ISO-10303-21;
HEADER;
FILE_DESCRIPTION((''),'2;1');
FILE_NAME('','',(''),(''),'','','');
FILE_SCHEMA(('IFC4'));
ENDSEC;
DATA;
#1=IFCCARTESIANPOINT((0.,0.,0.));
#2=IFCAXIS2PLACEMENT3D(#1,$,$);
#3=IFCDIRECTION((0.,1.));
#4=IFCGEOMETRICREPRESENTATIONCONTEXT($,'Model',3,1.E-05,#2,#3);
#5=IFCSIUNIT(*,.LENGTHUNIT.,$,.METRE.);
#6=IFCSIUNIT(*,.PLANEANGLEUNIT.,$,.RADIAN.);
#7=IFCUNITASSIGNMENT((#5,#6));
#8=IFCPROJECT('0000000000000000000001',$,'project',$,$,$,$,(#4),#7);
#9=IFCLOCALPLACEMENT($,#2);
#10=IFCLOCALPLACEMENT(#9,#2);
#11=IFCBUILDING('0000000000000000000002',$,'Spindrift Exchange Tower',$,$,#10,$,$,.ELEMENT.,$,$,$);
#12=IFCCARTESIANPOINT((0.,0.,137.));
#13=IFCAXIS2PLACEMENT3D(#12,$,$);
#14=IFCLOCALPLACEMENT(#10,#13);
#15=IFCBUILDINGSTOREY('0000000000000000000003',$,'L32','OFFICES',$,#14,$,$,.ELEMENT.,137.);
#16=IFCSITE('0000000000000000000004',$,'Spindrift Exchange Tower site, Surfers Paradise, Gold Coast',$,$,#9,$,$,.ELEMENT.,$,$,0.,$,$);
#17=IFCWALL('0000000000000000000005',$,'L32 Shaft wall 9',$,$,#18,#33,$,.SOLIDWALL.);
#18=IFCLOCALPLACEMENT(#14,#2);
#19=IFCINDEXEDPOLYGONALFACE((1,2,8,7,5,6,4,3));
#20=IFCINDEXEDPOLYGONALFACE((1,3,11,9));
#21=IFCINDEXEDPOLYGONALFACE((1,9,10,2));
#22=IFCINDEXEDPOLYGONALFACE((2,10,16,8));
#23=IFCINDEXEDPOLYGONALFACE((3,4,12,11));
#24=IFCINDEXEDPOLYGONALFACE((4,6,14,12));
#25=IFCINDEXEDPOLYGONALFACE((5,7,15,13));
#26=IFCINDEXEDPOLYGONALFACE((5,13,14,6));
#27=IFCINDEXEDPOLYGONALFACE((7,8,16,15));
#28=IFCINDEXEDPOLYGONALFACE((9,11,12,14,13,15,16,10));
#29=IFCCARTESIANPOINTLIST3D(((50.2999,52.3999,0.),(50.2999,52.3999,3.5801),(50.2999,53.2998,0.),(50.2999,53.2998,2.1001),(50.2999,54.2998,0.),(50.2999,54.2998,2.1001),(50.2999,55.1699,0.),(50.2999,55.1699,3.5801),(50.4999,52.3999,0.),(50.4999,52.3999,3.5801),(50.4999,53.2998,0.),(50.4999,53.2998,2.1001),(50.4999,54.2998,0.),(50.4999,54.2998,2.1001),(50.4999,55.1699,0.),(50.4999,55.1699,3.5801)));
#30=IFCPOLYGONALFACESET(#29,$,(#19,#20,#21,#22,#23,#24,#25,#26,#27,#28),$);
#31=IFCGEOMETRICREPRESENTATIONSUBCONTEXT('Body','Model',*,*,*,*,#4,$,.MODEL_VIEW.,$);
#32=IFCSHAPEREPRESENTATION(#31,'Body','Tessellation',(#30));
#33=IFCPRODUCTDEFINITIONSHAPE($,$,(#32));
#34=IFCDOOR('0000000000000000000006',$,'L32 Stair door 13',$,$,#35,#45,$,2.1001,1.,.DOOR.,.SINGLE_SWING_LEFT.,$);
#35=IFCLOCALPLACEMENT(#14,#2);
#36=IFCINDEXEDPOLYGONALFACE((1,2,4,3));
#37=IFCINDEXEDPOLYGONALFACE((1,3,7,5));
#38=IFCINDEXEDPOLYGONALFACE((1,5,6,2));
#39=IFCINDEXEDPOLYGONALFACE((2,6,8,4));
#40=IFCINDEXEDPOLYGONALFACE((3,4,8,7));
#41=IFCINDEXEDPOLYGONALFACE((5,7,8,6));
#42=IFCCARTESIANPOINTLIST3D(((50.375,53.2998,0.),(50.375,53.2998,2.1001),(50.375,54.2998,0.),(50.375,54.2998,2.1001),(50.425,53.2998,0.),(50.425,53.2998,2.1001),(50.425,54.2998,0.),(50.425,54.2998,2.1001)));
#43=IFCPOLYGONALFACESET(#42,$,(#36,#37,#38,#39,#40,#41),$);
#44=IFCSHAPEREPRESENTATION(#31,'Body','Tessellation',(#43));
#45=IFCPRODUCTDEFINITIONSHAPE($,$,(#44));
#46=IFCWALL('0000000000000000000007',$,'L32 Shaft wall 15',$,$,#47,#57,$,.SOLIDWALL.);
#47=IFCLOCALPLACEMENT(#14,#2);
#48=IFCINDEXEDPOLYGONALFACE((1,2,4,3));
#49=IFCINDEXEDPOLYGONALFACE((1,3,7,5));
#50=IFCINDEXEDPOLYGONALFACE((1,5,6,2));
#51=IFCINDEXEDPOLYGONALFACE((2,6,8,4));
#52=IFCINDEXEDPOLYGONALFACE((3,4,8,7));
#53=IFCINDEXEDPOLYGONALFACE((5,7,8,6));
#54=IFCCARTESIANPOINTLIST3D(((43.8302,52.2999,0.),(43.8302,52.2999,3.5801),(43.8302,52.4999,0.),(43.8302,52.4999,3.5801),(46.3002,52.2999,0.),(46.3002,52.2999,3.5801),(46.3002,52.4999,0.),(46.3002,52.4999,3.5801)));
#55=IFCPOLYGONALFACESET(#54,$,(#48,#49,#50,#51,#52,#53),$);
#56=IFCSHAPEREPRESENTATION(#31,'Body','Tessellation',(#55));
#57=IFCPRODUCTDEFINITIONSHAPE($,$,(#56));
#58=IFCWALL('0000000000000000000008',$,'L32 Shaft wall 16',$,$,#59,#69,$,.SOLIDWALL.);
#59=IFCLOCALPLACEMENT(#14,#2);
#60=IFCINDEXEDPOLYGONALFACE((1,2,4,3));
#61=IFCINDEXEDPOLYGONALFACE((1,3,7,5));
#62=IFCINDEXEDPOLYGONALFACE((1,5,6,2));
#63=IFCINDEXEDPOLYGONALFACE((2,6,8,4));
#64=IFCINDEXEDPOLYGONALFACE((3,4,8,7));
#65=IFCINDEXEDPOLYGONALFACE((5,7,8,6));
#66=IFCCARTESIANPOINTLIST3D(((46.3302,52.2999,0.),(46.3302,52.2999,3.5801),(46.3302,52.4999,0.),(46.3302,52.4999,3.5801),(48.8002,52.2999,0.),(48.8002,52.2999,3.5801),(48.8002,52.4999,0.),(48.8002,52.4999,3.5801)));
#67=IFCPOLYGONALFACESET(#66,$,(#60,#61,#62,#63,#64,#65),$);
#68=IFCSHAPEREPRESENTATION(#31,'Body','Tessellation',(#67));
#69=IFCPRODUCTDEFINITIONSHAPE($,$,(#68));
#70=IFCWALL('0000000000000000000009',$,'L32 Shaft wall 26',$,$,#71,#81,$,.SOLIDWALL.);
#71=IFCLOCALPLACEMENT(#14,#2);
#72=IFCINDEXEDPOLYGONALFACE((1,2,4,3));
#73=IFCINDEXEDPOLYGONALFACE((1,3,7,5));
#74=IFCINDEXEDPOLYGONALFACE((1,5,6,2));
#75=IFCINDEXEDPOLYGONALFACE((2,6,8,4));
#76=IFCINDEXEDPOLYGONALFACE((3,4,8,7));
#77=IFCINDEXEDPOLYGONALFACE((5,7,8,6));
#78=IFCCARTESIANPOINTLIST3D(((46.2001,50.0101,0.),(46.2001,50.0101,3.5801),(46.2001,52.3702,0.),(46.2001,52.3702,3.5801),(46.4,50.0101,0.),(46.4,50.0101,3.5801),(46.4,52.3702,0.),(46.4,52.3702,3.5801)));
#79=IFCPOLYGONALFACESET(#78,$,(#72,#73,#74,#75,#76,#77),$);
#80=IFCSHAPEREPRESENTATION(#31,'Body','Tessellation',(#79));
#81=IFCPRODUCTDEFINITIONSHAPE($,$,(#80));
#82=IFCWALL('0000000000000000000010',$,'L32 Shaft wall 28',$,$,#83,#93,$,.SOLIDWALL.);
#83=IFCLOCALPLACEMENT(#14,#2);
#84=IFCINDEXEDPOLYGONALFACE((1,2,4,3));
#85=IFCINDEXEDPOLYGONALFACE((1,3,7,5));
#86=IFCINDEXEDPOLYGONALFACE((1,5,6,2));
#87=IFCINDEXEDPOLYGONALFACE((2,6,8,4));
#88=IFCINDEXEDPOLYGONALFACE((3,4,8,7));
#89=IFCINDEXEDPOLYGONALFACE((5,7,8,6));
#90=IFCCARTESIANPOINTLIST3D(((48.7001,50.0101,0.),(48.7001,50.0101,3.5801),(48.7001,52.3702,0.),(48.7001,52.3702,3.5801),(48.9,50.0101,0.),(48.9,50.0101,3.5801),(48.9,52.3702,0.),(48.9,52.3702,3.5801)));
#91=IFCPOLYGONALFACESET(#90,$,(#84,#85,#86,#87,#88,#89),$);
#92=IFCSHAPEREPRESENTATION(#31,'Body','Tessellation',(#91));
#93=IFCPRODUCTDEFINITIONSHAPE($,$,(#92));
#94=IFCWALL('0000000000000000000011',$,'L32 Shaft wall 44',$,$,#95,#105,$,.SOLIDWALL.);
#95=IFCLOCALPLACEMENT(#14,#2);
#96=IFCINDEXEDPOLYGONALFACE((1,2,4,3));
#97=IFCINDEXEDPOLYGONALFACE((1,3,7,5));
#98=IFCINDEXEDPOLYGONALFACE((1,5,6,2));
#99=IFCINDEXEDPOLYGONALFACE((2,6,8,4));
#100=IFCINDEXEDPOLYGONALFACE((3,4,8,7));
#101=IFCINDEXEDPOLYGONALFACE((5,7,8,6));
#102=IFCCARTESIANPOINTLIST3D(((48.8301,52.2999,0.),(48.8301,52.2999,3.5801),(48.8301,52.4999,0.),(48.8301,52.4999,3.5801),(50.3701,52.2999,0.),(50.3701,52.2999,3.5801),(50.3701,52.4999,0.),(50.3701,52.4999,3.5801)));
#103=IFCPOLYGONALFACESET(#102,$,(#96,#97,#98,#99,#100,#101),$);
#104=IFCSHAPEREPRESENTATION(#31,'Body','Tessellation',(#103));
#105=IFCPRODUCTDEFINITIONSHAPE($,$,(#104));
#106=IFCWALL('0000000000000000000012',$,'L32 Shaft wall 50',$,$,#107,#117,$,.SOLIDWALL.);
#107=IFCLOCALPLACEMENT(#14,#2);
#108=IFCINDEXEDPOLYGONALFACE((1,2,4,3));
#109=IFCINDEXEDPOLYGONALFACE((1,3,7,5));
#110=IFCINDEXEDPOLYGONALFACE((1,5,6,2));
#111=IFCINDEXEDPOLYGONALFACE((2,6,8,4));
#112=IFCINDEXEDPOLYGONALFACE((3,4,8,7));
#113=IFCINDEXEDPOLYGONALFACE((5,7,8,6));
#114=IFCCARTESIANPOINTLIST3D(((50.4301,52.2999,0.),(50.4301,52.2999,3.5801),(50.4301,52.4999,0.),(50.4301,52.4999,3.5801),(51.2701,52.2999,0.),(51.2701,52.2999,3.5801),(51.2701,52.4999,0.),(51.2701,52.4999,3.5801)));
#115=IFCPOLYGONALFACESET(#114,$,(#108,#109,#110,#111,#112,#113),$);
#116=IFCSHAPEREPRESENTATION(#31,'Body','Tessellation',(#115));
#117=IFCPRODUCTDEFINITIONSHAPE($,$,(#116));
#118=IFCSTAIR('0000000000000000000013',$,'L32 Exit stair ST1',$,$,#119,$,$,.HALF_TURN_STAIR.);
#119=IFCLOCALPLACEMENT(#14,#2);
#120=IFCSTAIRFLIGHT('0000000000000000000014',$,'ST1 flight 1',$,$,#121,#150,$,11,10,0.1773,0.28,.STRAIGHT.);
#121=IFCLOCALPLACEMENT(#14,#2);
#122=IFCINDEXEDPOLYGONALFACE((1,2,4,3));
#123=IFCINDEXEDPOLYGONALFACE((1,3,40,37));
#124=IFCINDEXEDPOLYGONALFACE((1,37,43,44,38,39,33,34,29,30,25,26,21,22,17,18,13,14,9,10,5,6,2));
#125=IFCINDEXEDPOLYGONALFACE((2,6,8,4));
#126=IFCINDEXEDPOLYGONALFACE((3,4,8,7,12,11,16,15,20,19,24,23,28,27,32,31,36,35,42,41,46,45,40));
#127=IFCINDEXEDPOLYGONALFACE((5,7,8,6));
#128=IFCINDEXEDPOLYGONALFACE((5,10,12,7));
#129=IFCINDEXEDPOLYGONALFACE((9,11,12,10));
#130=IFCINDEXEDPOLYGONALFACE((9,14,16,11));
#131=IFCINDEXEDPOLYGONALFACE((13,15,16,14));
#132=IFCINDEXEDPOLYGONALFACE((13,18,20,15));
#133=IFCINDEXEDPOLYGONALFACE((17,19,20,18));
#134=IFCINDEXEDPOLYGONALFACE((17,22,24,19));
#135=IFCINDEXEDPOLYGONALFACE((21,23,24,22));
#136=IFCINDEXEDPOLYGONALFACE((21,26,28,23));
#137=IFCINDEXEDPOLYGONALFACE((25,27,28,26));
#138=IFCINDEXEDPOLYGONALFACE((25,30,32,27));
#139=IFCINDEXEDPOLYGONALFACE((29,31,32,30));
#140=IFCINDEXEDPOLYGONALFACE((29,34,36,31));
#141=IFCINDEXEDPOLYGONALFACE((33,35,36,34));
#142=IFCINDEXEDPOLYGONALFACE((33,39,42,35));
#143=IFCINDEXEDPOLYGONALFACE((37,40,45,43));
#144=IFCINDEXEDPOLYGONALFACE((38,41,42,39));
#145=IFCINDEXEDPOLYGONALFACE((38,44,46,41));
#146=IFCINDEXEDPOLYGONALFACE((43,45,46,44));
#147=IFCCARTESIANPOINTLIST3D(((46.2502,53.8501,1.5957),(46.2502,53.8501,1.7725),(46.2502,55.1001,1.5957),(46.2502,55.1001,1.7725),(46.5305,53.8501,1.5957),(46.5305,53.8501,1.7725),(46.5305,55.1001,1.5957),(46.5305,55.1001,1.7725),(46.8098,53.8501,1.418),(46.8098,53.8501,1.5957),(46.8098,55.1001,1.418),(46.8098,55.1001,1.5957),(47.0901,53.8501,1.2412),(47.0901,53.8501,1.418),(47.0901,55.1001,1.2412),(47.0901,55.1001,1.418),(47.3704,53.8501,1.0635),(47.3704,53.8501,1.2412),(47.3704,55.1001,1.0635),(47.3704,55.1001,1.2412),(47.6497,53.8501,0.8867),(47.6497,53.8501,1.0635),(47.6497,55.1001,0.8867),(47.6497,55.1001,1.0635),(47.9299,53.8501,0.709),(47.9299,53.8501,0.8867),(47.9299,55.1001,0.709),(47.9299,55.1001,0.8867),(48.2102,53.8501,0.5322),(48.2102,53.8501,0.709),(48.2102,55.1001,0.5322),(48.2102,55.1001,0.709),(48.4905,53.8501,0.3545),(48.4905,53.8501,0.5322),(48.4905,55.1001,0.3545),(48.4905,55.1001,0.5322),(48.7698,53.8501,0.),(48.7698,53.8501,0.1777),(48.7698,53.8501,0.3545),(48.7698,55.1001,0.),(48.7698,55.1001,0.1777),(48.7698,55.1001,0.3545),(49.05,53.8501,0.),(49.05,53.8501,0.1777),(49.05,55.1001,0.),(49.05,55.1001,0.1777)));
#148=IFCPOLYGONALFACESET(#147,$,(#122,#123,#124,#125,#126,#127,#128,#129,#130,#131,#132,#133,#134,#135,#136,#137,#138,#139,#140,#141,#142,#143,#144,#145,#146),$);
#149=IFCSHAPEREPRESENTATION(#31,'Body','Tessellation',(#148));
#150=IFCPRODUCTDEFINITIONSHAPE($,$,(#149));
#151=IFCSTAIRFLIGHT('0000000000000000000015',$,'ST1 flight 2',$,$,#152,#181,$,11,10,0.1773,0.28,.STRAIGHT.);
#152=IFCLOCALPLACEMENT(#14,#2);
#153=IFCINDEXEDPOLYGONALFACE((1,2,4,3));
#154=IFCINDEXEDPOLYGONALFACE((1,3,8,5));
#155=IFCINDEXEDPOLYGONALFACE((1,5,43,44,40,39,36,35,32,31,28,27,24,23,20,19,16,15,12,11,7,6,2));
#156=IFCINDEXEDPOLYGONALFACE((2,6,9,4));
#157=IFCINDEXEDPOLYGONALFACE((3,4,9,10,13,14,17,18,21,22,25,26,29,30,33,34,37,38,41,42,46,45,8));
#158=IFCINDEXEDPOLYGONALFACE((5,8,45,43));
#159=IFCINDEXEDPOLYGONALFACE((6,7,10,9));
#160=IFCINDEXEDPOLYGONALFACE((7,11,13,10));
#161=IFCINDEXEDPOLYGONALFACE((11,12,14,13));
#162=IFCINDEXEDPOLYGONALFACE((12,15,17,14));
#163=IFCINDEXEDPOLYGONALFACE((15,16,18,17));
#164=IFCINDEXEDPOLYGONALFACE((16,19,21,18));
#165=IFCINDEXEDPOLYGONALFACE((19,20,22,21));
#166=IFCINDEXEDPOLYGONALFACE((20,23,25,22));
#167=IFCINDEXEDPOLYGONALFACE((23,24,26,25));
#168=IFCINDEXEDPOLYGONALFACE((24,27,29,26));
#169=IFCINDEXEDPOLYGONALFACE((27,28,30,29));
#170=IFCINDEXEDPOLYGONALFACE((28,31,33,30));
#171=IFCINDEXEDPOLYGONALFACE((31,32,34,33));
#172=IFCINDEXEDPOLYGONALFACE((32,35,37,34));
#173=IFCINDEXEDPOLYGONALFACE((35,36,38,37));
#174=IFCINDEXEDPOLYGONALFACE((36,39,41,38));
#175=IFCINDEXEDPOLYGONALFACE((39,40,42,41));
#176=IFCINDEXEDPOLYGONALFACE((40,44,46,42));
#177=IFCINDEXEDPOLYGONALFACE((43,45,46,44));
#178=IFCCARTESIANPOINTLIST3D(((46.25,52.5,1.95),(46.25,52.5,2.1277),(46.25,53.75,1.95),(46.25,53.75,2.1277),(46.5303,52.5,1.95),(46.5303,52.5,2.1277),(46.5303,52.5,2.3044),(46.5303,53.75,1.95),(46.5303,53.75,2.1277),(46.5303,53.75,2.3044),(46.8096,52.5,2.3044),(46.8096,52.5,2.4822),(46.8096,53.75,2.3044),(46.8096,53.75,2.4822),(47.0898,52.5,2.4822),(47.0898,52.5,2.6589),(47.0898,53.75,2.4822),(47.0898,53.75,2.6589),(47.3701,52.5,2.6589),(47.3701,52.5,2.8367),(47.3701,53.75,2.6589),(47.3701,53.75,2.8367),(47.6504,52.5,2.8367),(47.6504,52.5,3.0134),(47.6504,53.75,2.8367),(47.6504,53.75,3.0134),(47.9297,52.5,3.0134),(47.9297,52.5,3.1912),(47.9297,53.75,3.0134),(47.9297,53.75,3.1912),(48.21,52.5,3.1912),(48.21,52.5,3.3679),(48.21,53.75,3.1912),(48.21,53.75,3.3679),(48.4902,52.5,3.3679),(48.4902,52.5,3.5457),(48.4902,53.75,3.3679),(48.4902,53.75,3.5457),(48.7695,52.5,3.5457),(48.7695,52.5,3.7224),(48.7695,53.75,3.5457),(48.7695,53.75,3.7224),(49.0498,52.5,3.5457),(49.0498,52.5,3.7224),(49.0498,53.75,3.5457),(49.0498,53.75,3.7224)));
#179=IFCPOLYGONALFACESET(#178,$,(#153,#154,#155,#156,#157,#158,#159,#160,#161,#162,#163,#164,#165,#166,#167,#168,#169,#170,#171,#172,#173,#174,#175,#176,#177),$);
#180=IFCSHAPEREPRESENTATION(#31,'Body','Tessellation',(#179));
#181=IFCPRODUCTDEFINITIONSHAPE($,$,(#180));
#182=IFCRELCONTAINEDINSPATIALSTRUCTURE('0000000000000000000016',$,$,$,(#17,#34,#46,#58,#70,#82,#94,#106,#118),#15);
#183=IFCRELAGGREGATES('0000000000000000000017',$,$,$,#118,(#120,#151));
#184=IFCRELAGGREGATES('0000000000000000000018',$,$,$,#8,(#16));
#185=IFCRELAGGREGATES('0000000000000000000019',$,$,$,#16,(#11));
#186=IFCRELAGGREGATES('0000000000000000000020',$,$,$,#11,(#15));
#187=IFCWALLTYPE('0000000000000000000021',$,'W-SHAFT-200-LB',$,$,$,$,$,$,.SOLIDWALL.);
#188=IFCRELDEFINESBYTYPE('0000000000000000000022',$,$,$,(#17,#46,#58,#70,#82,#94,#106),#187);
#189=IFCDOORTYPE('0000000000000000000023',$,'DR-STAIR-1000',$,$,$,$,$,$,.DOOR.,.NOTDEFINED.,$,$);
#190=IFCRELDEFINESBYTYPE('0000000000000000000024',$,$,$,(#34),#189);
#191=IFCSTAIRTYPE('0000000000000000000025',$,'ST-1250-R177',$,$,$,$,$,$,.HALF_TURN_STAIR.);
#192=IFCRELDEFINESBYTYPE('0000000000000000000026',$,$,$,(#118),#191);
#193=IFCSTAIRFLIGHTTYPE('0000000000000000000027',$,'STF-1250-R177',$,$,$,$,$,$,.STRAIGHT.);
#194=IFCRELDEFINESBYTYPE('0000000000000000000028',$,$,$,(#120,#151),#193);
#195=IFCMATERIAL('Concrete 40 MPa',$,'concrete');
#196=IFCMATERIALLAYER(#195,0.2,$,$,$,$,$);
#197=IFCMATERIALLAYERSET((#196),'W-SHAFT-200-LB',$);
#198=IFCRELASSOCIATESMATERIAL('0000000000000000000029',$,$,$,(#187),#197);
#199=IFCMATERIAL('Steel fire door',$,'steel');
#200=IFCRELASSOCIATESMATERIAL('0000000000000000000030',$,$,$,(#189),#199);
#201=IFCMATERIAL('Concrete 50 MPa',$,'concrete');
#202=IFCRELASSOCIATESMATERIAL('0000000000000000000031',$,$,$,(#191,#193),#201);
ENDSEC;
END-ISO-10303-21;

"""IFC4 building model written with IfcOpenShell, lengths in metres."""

from ifc_helpers import new_model, si_unit, direction, frame, frame_2d, origin, place, context, subcontext, project, spatial, line, indexed_curve, rectangle, outline, extrude, source, transform, mapped, material, layer, layer_set, type_object, element, fill, aggregate, save


model = new_model("IFC4")

# Units and contexts
model_context = context("Model", 3, precision=1e-05, world=origin(), true_north=direction((0.0, 1.0)))
body_context = subcontext(model_context, "Body", "Model", "MODEL_VIEW")
ifc_project = project(units=[si_unit("LENGTHUNIT", "METRE"), si_unit("PLANEANGLEUNIT", "RADIAN")], contexts=[model_context])

# Site, building, storey
site_placement = place(None, origin())
site = spatial("IfcSite", under=ifc_project, at=site_placement, Name="Spindrift Exchange Tower site, Surfers Paradise, Gold Coast", CompositionType="ELEMENT", RefElevation=0.0)
building_placement = place(site_placement, origin())
building = spatial("IfcBuilding", under=site, at=building_placement, Name="Spindrift Exchange Tower", CompositionType="ELEMENT")
storey_placement = place(building_placement, frame((0.0, 0.0, 137.0)))
storey = spatial("IfcBuildingStorey", under=building, at=storey_placement, Name="L32", Description="OFFICES", CompositionType="ELEMENT", Elevation=137.0)

# Shared definitions
ifc_material_1 = material(Name="Concrete 40 MPa", Category="concrete")

# Wall, opening, door
ifc_layer_1 = layer(ifc_material_1, 0.2)
ifc_layer_set_1 = layer_set([ifc_layer_1], Name="W-SHAFT-200-LB")
wall_type_1 = type_object("IfcWallType", Name="W-SHAFT-200-LB", PredefinedType="SOLIDWALL", material=ifc_layer_set_1)
ifc_material_2 = material(Name="Steel fire door", Category="steel")
wall_1_placement = place(storey_placement, frame((50.3999, 52.3999, 0.0), z_axis=(0.0, 0.0, 1.0), x_axis=(0.0, 1.0, 0.0)))
wall_1 = element("IfcWall", 1, at=wall_1_placement, inside=storey, type_object=wall_type_1, Name="L32 Shaft wall 9", PredefinedType="SOLIDWALL", context=body_context, shape_type="SweptSolid", body=[
    extrude(rectangle(XDim=2.77, YDim=0.2, at=frame_2d((1.385, 0.0))), origin(), (0.0, 0.0, 1.0), 3.5801),
])
opening_1_placement = place(wall_1_placement, frame((0.8999, 0.0, 0.0)))
opening_1 = element("IfcOpeningElement", 2, at=opening_1_placement, cuts=wall_1, PredefinedType="OPENING", context=body_context, shape_type="SweptSolid", body=[
    extrude(rectangle(XDim=1.0, YDim=2.1001, at=frame_2d((0.5, 1.05))), frame((0.0, 0.1099, 0.0), z_axis=(0.0, -1.0, 0.0), x_axis=(1.0, 0.0, 0.0)), (0.0, 0.0, 1.0), 0.22),
])
door_type_1 = type_object("IfcDoorType", Name="DR-STAIR-1000", OperationType="NOTDEFINED", PredefinedType="DOOR", material=ifc_material_2)
shared_shape_1 = source(origin(), body_context, "Body", "SweptSolid", [
    extrude(rectangle(XDim=1.0, YDim=2.1001, at=frame_2d((0.5, 1.05))), frame((0.0, 0.0249, 0.0), z_axis=(0.0, -1.0, 0.0), x_axis=(1.0, 0.0, 0.0)), (0.0, 0.0, 1.0), 0.05),
])
door_1_placement = place(opening_1_placement, origin())
door_1 = element("IfcDoor", 3, at=door_1_placement, inside=storey, type_object=door_type_1, Name="L32 Stair door 13", OperationType="SINGLE_SWING_LEFT", OverallHeight=2.1001, OverallWidth=1.0, PredefinedType="DOOR", context=body_context, shape_type="MappedRepresentation", body=[
    mapped(shared_shape_1, transform((0.0, 0.0, 0.0), scale=1.0)),
])
fill(opening_1, door_1)

# Walls
for number, where, z_axis, x_axis, name in (
    (4, (46.3, 52.3999, 0.0), (0.0, 0.0, 1.0), (-1.0, 0.0, 0.0), "L32 Shaft wall 15"),
    (5, (48.8, 52.3999, 0.0), (0.0, 0.0, 1.0), (-1.0, 0.0, 0.0), "L32 Shaft wall 16"),
):
    element("IfcWall", number, at=place(storey_placement, frame(where, z_axis=z_axis, x_axis=x_axis)), inside=storey, type_object=wall_type_1, Name=name, PredefinedType="SOLIDWALL", context=body_context, shape_type="SweptSolid", body=[
        extrude(rectangle(XDim=2.47, YDim=0.2, at=frame_2d((1.2349, 0.0))), origin(), (0.0, 0.0, 1.0), 3.5801),
    ])
for number, where, z_axis, x_axis, name in (
    (6, (46.3, 50.01, 0.0), (0.0, 0.0, 1.0), (0.0, 1.0, 0.0), "L32 Shaft wall 26"),
    (7, (48.8, 50.01, 0.0), (0.0, 0.0, 1.0), (0.0, 1.0, 0.0), "L32 Shaft wall 28"),
):
    element("IfcWall", number, at=place(storey_placement, frame(where, z_axis=z_axis, x_axis=x_axis)), inside=storey, type_object=wall_type_1, Name=name, PredefinedType="SOLIDWALL", context=body_context, shape_type="SweptSolid", body=[
        extrude(rectangle(XDim=2.3601, YDim=0.2, at=frame_2d((1.1802, 0.0))), origin(), (0.0, 0.0, 1.0), 3.5801),
    ])
wall_2_placement = place(storey_placement, frame((50.3701, 52.3999, 0.0), z_axis=(0.0, 0.0, 1.0), x_axis=(-1.0, 0.0, 0.0)))
element("IfcWall", 8, at=wall_2_placement, inside=storey, type_object=wall_type_1, Name="L32 Shaft wall 44", PredefinedType="SOLIDWALL", context=body_context, shape_type="SweptSolid", body=[
    extrude(rectangle(XDim=1.54, YDim=0.2, at=frame_2d((0.77, 0.0))), origin(), (0.0, 0.0, 1.0), 3.5801),
])
wall_3_placement = place(storey_placement, frame((51.27, 52.3999, 0.0), z_axis=(0.0, 0.0, 1.0), x_axis=(-1.0, 0.0, 0.0)))
element("IfcWall", 9, at=wall_3_placement, inside=storey, type_object=wall_type_1, Name="L32 Shaft wall 50", PredefinedType="SOLIDWALL", context=body_context, shape_type="SweptSolid", body=[
    extrude(rectangle(XDim=0.8401, YDim=0.2, at=frame_2d((0.4199, 0.0))), origin(), (0.0, 0.0, 1.0), 3.5801),
])

# Stair, stair flights
ifc_material_3 = material(Name="Concrete 50 MPa", Category="concrete")
stair_type = type_object("IfcStairType", Name="ST-1250-R177", PredefinedType="HALF_TURN_STAIR", material=ifc_material_3)
stair_placement = place(storey_placement, origin())
stair = element("IfcStair", 10, at=stair_placement, inside=storey, type_object=stair_type, Name="L32 Exit stair ST1", PredefinedType="HALF_TURN_STAIR")
stair_flight_type = type_object("IfcStairFlightType", Name="STF-1250-R177", PredefinedType="STRAIGHT", material=ifc_material_3)
stair_flight_1_placement = place(storey_placement, frame((49.05, 54.4751, 0.0), z_axis=(0.0, 0.0, 1.0), x_axis=(-1.0, 0.0, 0.0)))
stair_flight_1 = element("IfcStairFlight", 11, at=stair_flight_1_placement, type_object=stair_flight_type, Name="ST1 flight 1", NumberOfRisers=11, NumberOfTreads=10, PredefinedType="STRAIGHT", RiserHeight=0.1773, TreadLength=0.28, context=body_context, shape_type="SweptSolid", body=[
    extrude(outline(indexed_curve([(0.0, 0.0), (0.0, 0.1777), (0.2803, 0.1777), (0.2803, 0.3545), (0.5596, 0.3545), (0.5596, 0.5322), (0.8398, 0.5322), (0.8398, 0.709), (1.1201, 0.709), (1.1201, 0.8867), (1.4004, 0.8867), (1.4004, 1.0635), (1.6797, 1.0635), (1.6797, 1.2412), (1.96, 1.2412), (1.96, 1.418), (2.2402, 1.418), (2.2402, 1.5957), (2.5195, 1.5957), (2.5195, 1.7725), (2.7998, 1.7725), (2.7998, 1.9502), (2.7998, 1.5957), (0.2803, 0.0)], segments=[line(1, 2, 3, 4, 5, 6, 7, 8, 9, 10, 11, 12, 13, 14, 15, 16, 17, 18, 19, 20, 21, 22, 23, 24, 1)], self_intersect=False)), frame((0.0, 0.625, 0.0), z_axis=(0.0, -1.0, 0.0), x_axis=(1.0, 0.0, 0.0)), (0.0, 0.0, 1.0), 1.25),
])
stair_flight_2_placement = place(storey_placement, frame((46.25, 53.125, 1.95), z_axis=(0.0, 0.0, 1.0), x_axis=(1.0, 0.0, 0.0)))
stair_flight_2 = element("IfcStairFlight", 12, at=stair_flight_2_placement, type_object=stair_flight_type, Name="ST1 flight 2", NumberOfRisers=11, NumberOfTreads=10, PredefinedType="STRAIGHT", RiserHeight=0.1773, TreadLength=0.28, context=body_context, shape_type="SweptSolid", body=[
    extrude(outline(indexed_curve([(0.0, 0.0), (0.0, 0.1777), (0.2803, 0.1777), (0.2803, 0.3545), (0.5596, 0.3545), (0.5596, 0.5322), (0.8398, 0.5322), (0.8398, 0.709), (1.1201, 0.709), (1.1201, 0.8867), (1.4004, 0.8867), (1.4004, 1.0635), (1.6797, 1.0635), (1.6797, 1.2412), (1.96, 1.2412), (1.96, 1.418), (2.2402, 1.418), (2.2402, 1.5957), (2.5195, 1.5957), (2.5195, 1.7725), (2.7998, 1.7725), (2.7998, 1.9502), (2.7998, 1.5957), (0.2803, 0.0)], segments=[line(1, 2, 3, 4, 5, 6, 7, 8, 9, 10, 11, 12, 13, 14, 15, 16, 17, 18, 19, 20, 21, 22, 23, 24, 1)], self_intersect=False)), frame((0.0, 0.625, 0.0), z_axis=(0.0, -1.0, 0.0), x_axis=(1.0, 0.0, 0.0)), (0.0, 0.0, 1.0), 1.25),
])
aggregate(stair, [stair_flight_1, stair_flight_2])

save(model, "model.ifc")
